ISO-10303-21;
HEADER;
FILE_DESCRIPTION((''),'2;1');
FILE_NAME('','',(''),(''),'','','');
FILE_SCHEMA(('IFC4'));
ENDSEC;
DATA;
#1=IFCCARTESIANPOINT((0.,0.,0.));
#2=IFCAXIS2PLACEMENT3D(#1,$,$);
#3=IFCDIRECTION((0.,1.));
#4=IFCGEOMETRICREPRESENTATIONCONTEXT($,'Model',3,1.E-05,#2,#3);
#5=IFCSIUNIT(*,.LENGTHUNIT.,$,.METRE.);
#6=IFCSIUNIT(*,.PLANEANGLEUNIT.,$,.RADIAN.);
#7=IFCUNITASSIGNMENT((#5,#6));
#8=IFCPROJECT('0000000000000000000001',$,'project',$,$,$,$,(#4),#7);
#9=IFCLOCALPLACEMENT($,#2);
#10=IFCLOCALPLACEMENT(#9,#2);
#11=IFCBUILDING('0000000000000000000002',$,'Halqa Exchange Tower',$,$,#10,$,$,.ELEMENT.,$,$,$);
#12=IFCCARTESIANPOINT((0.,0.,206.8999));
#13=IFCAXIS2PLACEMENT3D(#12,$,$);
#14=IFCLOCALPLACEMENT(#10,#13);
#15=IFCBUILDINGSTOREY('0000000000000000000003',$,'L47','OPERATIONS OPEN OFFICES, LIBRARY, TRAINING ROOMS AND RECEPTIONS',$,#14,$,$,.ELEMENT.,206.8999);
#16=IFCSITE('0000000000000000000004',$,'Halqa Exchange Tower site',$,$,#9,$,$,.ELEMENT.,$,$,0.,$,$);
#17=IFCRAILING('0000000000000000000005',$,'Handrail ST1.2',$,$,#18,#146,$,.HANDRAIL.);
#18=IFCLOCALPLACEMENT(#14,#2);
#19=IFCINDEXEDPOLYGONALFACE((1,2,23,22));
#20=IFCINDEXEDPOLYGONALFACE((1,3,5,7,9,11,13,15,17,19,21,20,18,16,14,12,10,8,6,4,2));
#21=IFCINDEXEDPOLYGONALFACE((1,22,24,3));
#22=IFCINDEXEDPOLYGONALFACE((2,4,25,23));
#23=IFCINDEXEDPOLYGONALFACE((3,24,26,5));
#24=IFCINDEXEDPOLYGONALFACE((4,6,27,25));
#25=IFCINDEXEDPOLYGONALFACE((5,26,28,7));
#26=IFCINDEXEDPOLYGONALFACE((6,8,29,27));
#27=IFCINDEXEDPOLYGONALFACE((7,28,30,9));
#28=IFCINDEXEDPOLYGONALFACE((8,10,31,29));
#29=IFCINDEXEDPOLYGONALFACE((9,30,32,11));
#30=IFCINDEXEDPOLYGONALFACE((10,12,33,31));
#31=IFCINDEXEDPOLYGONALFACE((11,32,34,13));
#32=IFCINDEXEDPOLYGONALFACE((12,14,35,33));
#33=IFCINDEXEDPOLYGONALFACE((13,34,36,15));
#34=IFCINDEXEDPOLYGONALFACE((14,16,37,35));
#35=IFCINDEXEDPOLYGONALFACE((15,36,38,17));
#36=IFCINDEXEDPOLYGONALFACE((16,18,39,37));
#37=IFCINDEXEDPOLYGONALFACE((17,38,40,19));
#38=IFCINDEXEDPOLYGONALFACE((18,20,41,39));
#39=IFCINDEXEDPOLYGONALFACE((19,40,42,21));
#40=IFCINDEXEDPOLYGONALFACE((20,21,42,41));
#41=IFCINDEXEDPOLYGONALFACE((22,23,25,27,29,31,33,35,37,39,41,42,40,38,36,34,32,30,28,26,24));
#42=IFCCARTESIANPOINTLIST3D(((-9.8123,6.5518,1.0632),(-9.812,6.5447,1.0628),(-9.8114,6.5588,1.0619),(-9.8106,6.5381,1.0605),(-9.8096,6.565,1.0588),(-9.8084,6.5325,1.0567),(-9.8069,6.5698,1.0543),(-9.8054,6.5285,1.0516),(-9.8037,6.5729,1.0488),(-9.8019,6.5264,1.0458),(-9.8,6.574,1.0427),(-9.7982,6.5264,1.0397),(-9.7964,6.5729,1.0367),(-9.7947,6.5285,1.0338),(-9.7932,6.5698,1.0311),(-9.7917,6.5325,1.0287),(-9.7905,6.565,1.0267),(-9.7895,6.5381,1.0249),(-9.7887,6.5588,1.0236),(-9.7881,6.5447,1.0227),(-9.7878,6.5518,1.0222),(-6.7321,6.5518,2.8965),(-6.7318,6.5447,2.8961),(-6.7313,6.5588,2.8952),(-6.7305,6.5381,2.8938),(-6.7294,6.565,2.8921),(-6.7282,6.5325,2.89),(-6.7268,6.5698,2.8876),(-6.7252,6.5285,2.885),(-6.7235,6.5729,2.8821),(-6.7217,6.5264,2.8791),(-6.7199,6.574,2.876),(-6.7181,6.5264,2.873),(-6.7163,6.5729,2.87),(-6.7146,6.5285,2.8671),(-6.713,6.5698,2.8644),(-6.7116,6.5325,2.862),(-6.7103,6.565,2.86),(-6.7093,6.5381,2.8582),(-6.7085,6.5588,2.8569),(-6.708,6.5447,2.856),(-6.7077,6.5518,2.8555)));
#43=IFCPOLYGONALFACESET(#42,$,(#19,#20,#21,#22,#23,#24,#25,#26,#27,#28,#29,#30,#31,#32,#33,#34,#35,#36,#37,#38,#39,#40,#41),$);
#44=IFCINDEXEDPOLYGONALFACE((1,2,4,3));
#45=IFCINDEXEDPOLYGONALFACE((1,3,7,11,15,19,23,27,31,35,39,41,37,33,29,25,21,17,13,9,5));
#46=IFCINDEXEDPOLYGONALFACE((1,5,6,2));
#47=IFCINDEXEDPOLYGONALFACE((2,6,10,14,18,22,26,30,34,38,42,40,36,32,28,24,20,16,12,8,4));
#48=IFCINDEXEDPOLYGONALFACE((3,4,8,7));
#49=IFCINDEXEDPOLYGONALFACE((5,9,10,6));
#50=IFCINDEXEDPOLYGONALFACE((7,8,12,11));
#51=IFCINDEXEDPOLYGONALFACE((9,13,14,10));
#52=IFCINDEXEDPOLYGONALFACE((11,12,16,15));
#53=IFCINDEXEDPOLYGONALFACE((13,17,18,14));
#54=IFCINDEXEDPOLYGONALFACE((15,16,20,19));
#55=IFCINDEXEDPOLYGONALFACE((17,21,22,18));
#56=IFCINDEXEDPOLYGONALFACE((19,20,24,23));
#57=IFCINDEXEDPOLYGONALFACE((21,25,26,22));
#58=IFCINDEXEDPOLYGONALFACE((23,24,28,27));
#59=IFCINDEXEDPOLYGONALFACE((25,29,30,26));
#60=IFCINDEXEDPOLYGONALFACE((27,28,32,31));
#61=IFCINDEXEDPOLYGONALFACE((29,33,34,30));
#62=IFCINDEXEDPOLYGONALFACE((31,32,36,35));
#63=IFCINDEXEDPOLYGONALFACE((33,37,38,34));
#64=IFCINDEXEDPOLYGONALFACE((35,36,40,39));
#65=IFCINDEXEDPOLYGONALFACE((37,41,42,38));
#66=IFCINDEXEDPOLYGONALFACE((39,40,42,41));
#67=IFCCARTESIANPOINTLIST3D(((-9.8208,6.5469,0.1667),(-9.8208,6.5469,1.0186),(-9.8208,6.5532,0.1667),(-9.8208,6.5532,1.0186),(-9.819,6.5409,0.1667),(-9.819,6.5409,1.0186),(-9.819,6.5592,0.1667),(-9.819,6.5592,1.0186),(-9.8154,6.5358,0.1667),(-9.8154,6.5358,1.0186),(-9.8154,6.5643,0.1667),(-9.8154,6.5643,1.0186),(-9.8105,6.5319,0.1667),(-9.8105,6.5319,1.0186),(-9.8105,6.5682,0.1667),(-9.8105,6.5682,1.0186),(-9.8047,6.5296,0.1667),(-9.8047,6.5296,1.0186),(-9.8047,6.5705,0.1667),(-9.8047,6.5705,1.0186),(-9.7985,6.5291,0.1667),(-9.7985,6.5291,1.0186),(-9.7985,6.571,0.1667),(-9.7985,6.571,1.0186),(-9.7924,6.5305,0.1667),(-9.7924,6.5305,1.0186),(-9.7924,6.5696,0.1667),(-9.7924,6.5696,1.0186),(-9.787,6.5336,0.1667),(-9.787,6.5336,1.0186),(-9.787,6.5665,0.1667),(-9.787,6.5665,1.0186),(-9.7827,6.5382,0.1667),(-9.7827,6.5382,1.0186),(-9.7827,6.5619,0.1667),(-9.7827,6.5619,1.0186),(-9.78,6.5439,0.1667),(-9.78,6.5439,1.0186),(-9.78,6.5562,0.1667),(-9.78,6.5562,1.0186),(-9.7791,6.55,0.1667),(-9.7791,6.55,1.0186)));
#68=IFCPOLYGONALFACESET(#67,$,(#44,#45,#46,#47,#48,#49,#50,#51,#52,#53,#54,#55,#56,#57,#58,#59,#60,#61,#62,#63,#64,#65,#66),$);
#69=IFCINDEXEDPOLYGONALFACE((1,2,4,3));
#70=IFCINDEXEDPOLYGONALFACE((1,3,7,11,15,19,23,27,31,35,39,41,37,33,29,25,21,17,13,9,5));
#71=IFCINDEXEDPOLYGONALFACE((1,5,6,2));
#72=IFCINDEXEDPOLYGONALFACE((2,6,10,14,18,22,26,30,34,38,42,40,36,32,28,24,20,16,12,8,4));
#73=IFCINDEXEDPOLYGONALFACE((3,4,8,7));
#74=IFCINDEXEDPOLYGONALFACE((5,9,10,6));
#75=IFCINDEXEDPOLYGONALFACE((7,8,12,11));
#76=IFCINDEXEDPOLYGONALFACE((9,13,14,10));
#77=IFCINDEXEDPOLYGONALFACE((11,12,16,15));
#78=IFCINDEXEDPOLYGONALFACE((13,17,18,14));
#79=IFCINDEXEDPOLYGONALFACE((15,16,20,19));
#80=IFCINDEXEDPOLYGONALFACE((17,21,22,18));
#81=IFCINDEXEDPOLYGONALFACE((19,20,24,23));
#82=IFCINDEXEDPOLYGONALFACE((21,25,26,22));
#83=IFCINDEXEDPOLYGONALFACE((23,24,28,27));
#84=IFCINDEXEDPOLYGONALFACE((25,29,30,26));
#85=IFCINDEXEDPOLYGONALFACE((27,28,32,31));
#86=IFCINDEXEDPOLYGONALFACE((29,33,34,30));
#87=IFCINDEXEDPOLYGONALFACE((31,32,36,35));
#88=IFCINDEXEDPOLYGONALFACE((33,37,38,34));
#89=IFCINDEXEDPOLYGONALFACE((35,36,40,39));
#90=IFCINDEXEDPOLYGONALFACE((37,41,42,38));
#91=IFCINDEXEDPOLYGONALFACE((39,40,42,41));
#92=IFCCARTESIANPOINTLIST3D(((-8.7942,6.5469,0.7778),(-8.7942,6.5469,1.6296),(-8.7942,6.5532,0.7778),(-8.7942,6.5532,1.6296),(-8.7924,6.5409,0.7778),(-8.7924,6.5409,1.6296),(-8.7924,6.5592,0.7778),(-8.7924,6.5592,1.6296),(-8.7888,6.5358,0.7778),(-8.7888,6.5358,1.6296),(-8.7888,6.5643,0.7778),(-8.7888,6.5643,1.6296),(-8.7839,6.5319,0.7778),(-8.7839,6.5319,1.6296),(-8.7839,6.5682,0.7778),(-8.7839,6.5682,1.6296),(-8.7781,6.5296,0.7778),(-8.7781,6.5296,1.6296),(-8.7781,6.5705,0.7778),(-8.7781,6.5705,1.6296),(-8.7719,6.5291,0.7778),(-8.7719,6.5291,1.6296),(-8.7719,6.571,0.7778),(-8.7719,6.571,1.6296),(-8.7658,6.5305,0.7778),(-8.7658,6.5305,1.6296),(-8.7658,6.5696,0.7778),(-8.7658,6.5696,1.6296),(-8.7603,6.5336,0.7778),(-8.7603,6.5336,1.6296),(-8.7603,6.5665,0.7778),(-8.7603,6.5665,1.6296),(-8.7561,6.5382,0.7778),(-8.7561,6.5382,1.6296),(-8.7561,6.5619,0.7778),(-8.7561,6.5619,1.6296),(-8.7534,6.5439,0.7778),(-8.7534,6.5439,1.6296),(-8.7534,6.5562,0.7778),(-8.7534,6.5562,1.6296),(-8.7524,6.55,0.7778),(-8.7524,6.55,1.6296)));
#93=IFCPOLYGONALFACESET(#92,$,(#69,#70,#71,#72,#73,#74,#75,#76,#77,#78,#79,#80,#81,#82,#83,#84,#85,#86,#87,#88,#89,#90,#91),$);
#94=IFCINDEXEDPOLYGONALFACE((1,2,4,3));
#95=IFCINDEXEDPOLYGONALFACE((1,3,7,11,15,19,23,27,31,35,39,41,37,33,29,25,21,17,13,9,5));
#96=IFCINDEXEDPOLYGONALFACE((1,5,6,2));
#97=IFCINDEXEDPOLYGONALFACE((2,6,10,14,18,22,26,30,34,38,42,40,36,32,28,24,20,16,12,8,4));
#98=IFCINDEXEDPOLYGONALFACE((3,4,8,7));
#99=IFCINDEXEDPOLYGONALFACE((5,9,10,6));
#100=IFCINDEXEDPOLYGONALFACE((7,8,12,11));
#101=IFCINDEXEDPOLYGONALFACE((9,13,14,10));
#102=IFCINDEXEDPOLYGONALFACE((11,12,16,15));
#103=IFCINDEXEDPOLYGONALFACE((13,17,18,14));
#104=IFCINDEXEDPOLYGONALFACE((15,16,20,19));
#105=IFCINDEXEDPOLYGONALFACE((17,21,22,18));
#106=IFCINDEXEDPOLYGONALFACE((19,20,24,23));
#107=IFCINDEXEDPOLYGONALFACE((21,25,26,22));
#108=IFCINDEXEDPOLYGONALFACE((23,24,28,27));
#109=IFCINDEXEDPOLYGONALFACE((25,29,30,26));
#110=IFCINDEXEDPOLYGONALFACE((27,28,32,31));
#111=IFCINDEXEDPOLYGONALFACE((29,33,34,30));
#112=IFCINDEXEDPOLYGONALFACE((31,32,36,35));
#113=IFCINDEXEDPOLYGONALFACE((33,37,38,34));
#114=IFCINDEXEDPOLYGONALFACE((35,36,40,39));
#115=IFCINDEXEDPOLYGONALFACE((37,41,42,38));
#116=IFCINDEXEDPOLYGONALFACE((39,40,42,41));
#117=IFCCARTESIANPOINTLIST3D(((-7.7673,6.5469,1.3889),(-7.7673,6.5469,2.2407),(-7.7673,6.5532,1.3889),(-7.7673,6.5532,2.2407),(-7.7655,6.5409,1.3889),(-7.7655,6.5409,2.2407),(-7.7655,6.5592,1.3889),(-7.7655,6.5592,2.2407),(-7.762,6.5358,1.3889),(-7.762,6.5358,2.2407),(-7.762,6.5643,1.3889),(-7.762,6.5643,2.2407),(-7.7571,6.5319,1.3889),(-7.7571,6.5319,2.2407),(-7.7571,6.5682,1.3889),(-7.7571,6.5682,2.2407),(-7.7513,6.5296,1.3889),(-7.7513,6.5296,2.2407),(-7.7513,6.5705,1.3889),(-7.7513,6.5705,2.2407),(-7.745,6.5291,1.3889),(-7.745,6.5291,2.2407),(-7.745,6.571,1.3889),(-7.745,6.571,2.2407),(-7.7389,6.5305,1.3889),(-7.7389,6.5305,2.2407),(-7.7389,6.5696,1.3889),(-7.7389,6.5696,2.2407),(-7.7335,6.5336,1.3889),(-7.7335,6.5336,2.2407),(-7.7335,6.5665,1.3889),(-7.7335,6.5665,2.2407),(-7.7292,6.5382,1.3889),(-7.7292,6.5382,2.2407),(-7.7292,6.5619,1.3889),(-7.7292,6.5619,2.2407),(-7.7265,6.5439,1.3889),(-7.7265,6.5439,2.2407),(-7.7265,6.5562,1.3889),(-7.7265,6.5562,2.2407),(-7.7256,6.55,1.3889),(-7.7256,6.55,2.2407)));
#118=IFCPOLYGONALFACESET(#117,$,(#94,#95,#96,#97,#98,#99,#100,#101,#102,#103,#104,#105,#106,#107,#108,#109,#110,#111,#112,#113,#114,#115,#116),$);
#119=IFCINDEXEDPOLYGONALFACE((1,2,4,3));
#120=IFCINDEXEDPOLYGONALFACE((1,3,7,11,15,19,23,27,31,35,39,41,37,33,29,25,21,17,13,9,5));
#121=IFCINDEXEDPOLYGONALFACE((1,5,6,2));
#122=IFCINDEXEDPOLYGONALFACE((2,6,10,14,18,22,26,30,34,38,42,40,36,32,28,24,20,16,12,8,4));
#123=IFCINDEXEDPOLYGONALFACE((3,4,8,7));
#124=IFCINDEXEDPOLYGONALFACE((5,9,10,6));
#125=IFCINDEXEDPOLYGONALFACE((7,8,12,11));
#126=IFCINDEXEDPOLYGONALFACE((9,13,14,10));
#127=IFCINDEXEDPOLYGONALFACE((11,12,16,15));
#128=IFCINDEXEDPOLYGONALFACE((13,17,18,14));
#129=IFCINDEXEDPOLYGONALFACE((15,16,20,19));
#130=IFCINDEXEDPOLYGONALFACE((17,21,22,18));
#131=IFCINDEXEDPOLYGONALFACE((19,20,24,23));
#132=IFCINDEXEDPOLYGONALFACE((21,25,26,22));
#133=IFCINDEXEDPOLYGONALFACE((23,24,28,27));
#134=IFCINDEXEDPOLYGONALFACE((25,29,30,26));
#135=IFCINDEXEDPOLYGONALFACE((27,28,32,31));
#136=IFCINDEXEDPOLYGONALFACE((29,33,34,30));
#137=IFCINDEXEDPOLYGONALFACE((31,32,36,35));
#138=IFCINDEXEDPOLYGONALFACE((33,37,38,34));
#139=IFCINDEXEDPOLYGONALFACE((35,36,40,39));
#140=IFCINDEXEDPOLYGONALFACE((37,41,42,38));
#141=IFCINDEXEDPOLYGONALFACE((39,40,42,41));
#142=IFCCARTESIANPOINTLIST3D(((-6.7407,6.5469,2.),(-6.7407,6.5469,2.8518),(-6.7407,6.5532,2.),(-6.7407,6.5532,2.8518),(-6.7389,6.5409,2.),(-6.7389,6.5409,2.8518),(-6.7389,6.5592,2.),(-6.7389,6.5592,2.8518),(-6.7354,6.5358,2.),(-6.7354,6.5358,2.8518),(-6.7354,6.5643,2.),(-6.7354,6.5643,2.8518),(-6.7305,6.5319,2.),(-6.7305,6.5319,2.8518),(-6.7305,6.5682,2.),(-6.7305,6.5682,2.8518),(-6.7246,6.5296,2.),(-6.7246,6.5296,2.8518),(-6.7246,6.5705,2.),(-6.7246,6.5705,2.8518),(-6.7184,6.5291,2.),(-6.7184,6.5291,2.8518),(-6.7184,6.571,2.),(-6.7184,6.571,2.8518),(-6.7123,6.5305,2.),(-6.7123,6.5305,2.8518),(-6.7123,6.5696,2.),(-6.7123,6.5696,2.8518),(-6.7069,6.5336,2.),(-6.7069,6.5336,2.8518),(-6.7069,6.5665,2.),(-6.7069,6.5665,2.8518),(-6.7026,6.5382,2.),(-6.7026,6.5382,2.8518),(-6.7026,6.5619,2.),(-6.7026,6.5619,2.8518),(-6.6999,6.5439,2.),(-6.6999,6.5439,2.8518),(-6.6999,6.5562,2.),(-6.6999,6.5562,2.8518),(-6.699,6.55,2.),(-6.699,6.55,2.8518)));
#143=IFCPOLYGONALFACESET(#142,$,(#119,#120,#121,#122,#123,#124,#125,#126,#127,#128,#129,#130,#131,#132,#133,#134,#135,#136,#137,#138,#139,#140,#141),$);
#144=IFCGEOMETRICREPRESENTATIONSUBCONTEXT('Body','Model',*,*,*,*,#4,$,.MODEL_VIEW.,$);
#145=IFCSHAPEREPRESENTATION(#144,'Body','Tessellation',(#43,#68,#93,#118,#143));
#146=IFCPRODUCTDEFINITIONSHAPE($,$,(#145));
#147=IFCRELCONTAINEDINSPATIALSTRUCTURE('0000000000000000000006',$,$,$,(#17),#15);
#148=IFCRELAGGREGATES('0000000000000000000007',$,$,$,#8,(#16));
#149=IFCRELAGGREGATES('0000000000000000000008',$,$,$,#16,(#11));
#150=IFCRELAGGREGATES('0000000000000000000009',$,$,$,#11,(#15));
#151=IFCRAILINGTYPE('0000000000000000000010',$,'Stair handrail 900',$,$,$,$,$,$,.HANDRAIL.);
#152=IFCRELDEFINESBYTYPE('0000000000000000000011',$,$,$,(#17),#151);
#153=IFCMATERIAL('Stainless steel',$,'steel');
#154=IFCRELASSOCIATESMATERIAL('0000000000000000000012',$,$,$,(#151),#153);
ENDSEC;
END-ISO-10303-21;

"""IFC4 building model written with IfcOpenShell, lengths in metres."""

from ifc_helpers import new_model, si_unit, direction, frame, origin, origin_2d, place, context, subcontext, project, spatial, circle, extrude, material, type_object, element, save


model = new_model("IFC4")

# Units and contexts
model_context = context("Model", 3, precision=1e-05, world=origin(), true_north=direction((0.0, 1.0)))
body_context = subcontext(model_context, "Body", "Model", "MODEL_VIEW")
ifc_project = project(units=[si_unit("LENGTHUNIT", "METRE"), si_unit("PLANEANGLEUNIT", "RADIAN")], contexts=[model_context])

# Site, building, storey
site_placement = place(None, origin())
site = spatial("IfcSite", under=ifc_project, at=site_placement, Name="Halqa Exchange Tower site", CompositionType="ELEMENT", RefElevation=0.0)
building_placement = place(site_placement, origin())
building = spatial("IfcBuilding", under=site, at=building_placement, Name="Halqa Exchange Tower", CompositionType="ELEMENT")
storey_placement = place(building_placement, frame((0.0, 0.0, 206.8999)))
storey = spatial("IfcBuildingStorey", under=building, at=storey_placement, Name="L47", Description="OPERATIONS OPEN OFFICES, LIBRARY, TRAINING ROOMS AND RECEPTIONS", CompositionType="ELEMENT", Elevation=206.8999)

# Shared definitions
ifc_material_1 = material(Name="Stainless steel", Category="steel")

# Railing
railing_type_1 = type_object("IfcRailingType", Name="Stair handrail 900", PredefinedType="HANDRAIL", material=ifc_material_1)
railing_1_placement = place(storey_placement, frame((-9.8, 6.55, 0.1667)))
element("IfcRailing", 1, at=railing_1_placement, inside=storey, type_object=railing_type_1, Name="Handrail ST1.2", PredefinedType="HANDRAIL", context=body_context, shape_type="SweptSolid", body=[
    extrude(circle(Radius=0.0239, at=origin_2d()), frame((0.0, 0.0, 0.876), z_axis=(0.859309, 0.0, 0.511458), x_axis=(0.0, 1.0, 0.0)), (0.0, 0.0, 1.0), 3.5845),
    extrude(circle(Radius=0.021, at=origin_2d()), origin(), (0.0, 0.0, 1.0), 0.8518),
    extrude(circle(Radius=0.021, at=origin_2d()), frame((1.0266, 0.0, 0.6111)), (0.0, 0.0, 1.0), 0.8518),
    extrude(circle(Radius=0.021, at=origin_2d()), frame((2.0535, 0.0, 1.2222)), (0.0, 0.0, 1.0), 0.8518),
    extrude(circle(Radius=0.021, at=origin_2d()), frame((3.0801, 0.0, 1.8333)), (0.0, 0.0, 1.0), 0.8518),
])

save(model, "model.ifc")
